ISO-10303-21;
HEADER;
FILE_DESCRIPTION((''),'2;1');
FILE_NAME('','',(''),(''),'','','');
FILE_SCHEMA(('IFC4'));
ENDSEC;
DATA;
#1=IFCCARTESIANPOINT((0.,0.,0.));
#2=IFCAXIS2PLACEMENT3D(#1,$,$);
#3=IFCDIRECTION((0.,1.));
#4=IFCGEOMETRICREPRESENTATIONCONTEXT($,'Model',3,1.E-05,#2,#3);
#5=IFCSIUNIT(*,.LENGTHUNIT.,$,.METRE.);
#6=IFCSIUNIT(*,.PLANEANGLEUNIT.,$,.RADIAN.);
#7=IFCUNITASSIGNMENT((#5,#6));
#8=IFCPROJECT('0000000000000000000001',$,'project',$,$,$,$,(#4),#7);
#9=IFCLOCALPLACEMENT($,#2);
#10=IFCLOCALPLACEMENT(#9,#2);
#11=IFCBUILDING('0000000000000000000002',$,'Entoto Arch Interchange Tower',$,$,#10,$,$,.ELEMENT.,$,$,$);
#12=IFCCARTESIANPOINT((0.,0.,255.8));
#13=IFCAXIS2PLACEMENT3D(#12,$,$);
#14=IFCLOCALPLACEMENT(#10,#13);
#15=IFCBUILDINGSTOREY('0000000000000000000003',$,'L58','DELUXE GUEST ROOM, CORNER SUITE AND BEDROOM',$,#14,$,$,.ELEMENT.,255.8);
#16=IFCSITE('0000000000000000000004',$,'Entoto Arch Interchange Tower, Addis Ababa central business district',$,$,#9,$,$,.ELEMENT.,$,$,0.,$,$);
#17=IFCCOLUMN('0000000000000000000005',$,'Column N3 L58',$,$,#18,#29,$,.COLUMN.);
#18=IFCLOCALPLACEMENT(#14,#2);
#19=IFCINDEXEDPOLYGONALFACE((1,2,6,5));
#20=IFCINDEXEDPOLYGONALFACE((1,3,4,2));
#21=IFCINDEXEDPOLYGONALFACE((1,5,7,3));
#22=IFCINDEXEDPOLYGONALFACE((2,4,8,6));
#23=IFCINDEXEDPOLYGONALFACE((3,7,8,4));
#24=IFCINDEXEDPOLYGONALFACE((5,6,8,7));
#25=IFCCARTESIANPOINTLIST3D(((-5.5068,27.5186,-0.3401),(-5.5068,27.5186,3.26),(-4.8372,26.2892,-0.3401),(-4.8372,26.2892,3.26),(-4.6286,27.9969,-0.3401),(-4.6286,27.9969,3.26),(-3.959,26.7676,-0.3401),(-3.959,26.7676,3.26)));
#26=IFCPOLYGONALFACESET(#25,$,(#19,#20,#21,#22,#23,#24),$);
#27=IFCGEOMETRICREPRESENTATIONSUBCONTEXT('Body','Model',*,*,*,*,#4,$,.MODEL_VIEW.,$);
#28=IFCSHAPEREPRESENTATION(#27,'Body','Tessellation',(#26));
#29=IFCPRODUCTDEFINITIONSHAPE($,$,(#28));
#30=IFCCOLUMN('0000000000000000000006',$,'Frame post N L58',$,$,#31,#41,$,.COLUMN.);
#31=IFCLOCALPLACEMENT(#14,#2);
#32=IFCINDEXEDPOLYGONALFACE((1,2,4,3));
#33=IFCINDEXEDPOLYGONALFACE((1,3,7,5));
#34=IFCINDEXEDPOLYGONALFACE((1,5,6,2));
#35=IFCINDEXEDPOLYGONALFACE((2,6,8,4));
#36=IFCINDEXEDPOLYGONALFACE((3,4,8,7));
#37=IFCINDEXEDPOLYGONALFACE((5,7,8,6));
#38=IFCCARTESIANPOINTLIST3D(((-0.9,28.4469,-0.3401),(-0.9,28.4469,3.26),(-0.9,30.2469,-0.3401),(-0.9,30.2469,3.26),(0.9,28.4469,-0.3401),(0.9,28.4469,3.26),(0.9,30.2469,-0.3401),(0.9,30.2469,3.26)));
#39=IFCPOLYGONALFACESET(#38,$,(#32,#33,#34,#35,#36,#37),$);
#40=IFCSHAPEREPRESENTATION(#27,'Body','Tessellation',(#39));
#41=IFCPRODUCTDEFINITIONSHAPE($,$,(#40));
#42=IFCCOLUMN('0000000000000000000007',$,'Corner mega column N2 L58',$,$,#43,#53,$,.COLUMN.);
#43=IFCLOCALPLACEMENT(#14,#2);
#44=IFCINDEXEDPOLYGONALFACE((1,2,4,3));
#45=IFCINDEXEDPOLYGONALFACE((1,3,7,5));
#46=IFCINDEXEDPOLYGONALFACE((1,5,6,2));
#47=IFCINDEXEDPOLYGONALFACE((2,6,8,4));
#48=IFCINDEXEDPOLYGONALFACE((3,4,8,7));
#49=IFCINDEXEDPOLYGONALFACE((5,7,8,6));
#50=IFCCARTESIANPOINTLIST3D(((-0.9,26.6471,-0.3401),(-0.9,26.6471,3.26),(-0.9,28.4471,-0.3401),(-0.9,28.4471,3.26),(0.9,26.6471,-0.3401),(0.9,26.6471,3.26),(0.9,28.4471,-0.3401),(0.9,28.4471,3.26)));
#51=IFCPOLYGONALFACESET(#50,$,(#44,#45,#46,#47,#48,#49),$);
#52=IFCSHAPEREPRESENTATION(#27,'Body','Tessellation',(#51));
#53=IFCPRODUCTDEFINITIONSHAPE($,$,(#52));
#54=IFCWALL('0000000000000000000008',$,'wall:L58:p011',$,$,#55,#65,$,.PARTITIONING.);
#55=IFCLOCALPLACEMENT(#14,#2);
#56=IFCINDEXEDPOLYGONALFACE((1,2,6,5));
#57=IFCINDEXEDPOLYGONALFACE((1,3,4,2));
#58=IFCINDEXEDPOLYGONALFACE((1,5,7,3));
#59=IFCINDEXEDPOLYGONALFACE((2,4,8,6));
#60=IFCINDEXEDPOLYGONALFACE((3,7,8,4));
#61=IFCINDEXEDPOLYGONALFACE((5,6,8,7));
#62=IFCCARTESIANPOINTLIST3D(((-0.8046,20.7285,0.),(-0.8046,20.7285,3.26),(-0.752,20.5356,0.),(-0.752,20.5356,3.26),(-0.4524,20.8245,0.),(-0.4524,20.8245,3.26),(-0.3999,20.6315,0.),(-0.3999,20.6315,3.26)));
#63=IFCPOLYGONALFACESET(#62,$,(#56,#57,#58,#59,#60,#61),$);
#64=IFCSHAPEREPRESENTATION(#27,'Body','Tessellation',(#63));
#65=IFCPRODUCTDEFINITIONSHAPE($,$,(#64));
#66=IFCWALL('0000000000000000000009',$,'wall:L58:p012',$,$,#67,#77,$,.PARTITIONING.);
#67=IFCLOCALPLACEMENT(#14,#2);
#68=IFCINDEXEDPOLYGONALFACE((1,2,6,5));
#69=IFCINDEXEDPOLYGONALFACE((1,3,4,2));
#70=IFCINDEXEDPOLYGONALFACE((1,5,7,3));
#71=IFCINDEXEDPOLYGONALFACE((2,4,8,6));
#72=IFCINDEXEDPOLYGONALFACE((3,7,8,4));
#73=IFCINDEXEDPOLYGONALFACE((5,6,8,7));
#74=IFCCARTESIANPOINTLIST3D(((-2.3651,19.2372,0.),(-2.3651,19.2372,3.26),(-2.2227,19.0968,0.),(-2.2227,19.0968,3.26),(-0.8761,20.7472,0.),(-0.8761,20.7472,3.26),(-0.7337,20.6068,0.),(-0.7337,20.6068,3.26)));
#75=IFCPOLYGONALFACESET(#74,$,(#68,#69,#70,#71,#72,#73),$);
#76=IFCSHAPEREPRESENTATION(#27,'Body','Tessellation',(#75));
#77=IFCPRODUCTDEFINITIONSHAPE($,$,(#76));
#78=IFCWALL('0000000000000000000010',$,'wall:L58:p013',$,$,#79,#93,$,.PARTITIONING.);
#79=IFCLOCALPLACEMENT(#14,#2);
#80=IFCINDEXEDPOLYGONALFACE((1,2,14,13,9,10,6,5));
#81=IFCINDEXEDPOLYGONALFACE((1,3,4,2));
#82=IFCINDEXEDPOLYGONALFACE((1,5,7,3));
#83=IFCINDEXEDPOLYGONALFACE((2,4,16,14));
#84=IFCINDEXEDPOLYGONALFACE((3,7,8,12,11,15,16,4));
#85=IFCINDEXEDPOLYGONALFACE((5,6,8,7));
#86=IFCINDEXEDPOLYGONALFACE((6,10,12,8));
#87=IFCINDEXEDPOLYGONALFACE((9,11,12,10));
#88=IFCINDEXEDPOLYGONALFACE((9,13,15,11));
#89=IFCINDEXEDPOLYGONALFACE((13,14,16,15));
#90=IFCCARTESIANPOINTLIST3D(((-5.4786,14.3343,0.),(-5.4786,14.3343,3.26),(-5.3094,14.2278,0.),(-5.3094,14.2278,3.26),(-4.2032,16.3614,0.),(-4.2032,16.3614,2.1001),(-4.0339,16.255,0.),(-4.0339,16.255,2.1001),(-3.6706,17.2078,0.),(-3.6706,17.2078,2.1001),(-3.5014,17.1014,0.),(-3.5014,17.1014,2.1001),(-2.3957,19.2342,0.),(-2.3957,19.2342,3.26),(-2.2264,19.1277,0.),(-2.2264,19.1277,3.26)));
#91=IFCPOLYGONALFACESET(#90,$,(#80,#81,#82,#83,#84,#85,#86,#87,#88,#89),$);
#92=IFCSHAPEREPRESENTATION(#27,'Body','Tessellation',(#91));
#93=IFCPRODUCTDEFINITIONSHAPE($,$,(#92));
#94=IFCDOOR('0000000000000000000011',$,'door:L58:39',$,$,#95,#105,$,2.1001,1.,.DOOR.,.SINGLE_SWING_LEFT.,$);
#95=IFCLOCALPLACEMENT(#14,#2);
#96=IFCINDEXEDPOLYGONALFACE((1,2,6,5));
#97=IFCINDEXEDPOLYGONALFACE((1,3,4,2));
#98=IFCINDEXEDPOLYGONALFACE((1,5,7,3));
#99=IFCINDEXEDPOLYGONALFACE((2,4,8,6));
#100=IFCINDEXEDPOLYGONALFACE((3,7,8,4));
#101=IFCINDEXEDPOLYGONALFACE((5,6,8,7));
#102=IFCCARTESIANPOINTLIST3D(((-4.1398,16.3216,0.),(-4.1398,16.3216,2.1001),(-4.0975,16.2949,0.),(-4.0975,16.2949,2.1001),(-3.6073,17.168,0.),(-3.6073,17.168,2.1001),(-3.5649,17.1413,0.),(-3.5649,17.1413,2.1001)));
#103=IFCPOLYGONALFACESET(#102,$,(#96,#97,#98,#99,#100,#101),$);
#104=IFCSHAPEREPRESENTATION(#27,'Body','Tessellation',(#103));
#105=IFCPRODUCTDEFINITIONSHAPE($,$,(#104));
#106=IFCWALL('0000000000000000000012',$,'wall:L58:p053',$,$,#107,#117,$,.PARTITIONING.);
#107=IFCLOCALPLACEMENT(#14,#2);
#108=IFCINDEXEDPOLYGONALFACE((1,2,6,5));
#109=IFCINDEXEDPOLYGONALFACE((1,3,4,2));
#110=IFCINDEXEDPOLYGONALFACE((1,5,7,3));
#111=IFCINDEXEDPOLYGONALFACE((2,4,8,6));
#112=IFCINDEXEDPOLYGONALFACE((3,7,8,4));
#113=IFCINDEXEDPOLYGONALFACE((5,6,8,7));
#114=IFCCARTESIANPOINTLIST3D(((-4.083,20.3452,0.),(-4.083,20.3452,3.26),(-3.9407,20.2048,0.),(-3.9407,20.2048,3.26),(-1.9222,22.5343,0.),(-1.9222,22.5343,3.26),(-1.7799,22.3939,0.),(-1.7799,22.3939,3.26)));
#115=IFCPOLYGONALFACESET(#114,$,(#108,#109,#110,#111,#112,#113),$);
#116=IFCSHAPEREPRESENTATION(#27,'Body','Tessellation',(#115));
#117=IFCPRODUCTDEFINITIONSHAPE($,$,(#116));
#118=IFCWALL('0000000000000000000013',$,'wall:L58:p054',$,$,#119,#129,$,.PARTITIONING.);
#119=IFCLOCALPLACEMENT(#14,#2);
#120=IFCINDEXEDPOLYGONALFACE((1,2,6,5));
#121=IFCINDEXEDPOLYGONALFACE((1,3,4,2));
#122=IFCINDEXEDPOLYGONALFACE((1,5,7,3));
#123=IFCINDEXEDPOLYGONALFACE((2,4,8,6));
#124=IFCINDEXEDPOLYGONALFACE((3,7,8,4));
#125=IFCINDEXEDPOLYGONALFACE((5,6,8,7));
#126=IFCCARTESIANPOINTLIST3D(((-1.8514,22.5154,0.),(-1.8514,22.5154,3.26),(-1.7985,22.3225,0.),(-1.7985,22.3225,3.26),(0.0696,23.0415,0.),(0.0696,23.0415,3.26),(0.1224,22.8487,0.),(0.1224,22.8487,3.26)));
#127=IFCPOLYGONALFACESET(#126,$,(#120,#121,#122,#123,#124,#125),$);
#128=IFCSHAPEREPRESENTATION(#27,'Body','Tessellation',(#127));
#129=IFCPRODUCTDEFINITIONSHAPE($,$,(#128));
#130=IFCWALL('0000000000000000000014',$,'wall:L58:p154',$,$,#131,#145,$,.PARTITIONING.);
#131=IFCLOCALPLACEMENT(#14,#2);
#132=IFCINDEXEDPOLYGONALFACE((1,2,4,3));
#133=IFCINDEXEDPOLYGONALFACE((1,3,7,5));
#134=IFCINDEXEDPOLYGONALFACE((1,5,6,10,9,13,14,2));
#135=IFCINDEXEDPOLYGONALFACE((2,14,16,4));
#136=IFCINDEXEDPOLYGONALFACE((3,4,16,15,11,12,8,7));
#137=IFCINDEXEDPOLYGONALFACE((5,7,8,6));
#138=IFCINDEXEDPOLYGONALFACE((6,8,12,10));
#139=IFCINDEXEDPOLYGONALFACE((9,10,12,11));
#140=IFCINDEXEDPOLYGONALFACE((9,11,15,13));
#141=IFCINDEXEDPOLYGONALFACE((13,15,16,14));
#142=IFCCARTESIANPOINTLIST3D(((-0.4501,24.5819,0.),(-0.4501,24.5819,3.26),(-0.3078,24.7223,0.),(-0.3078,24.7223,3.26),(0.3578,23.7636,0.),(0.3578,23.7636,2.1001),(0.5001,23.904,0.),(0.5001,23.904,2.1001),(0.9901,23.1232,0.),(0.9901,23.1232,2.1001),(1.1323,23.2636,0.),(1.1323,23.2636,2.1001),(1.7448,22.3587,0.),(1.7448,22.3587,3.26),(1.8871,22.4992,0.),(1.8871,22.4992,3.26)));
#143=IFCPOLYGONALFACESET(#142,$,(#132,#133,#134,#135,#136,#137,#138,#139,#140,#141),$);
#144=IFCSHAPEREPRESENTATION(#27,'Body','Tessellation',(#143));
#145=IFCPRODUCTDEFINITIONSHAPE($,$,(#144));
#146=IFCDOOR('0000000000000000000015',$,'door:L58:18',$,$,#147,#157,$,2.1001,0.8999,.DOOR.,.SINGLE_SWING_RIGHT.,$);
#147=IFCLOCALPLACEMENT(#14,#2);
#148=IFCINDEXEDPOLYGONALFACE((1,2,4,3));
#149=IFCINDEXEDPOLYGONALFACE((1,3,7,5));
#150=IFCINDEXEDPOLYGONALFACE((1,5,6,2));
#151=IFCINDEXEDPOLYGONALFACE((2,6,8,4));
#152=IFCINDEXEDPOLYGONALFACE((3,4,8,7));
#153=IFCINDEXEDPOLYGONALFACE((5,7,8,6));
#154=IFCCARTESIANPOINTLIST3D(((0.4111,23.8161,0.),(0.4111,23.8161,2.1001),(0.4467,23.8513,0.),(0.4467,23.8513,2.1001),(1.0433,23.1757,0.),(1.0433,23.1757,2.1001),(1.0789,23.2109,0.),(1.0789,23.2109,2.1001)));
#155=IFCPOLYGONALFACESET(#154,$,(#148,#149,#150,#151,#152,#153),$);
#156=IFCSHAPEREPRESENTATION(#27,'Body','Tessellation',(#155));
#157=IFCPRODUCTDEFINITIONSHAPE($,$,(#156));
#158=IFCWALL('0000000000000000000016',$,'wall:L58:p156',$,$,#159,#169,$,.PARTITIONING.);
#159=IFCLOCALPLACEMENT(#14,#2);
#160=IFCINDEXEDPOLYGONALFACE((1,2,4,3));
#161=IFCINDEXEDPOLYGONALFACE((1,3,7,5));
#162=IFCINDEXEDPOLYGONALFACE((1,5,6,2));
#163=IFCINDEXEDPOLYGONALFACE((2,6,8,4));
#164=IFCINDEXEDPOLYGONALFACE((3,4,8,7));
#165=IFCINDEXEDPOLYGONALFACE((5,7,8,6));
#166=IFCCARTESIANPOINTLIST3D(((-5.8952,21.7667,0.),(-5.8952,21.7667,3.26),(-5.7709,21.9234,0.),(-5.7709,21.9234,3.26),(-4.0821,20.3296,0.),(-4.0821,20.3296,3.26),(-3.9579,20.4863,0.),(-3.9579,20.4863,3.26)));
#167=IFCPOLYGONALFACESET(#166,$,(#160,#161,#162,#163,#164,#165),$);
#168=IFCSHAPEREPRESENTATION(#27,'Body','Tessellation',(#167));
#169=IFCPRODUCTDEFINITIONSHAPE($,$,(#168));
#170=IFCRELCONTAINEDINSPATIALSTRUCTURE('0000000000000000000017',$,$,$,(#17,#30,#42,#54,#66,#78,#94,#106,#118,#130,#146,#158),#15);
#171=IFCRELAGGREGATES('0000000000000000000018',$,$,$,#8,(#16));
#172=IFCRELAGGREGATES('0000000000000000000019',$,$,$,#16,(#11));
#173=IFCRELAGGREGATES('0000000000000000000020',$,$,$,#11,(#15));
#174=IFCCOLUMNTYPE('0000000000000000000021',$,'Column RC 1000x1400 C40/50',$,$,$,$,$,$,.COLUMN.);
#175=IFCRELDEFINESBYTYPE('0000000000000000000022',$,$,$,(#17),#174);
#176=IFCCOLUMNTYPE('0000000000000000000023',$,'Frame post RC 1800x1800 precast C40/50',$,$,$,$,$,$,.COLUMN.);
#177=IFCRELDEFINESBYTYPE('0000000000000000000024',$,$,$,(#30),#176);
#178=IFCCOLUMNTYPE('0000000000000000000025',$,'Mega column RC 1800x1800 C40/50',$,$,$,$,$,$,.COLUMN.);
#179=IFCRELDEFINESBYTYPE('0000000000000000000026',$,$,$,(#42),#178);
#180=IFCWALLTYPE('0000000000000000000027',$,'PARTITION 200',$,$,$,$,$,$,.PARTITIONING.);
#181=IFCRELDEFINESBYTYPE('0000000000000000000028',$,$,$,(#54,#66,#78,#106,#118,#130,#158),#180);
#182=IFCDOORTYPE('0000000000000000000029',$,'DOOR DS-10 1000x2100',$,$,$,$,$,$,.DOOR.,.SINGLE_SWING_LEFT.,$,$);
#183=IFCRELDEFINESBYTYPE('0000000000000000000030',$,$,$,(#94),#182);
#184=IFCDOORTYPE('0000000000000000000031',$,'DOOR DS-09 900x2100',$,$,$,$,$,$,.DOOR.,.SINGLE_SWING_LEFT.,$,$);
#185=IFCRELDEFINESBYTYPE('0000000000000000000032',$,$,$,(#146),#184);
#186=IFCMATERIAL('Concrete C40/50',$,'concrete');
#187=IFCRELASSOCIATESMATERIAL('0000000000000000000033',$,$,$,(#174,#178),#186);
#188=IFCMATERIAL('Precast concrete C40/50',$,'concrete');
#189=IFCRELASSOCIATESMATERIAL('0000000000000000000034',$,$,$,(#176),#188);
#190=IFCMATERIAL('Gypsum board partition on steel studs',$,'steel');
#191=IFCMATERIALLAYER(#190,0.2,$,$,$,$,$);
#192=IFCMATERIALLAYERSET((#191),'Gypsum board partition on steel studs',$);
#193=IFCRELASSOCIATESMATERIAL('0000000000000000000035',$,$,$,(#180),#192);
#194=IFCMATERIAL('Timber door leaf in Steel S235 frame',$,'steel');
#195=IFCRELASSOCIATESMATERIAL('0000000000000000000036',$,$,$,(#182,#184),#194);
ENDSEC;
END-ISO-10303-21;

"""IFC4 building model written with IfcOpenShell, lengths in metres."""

from ifc_helpers import new_model, si_unit, direction, frame, frame_2d, origin, origin_2d, place, context, subcontext, project, spatial, rectangle, extrude, material, layer, layer_set, material_profile, profile_set, type_object, element, fill, save


model = new_model("IFC4")

# Units and contexts
model_context = context("Model", 3, precision=1e-05, world=origin(), true_north=direction((0.0, 1.0)))
body_context = subcontext(model_context, "Body", "Model", "MODEL_VIEW")
ifc_project = project(units=[si_unit("LENGTHUNIT", "METRE"), si_unit("PLANEANGLEUNIT", "RADIAN")], contexts=[model_context])

# Site, building, storey
site_placement = place(None, origin())
site = spatial("IfcSite", under=ifc_project, at=site_placement, Name="Entoto Arch Interchange Tower, Addis Ababa central business district", CompositionType="ELEMENT", RefElevation=0.0)
building_placement = place(site_placement, origin())
building = spatial("IfcBuilding", under=site, at=building_placement, Name="Entoto Arch Interchange Tower", CompositionType="ELEMENT")
storey_placement = place(building_placement, frame((0.0, 0.0, 255.8)))
storey = spatial("IfcBuildingStorey", under=building, at=storey_placement, Name="L58", Description="DELUXE GUEST ROOM, CORNER SUITE AND BEDROOM", CompositionType="ELEMENT", Elevation=255.8)

# Columns
ifc_material_1 = material(Name="Concrete C40/50", Category="concrete")
ifc_material_profile_1 = material_profile(ifc_material_1, rectangle(XDim=1.0, YDim=1.3999, at=origin_2d()))
ifc_profile_set_1 = profile_set([ifc_material_profile_1], Name="Concrete C40/50")
column_type_1 = type_object("IfcColumnType", Name="Column RC 1000x1400 C40/50", PredefinedType="COLUMN", material=ifc_profile_set_1)
column_1_placement = place(storey_placement, frame((-4.7329, 27.1431, -0.3401), z_axis=(0.0, 0.0, 1.0), x_axis=(0.878175, 0.478339, 0.0)))
element("IfcColumn", 1, at=column_1_placement, inside=storey, type_object=column_type_1, Name="Column N3 L58", PredefinedType="COLUMN", context=body_context, shape_type="SweptSolid", body=[
    extrude(rectangle(XDim=1.0, YDim=1.3999, at=origin_2d()), origin(), (0.0, 0.0, 1.0), 3.6001),
])
ifc_material_2 = material(Name="Precast concrete C40/50", Category="concrete")
ifc_material_profile_2 = material_profile(ifc_material_2, rectangle(XDim=1.8, YDim=1.8, at=origin_2d()))
ifc_profile_set_2 = profile_set([ifc_material_profile_2], Name="Precast concrete C40/50")
column_type_2 = type_object("IfcColumnType", Name="Frame post RC 1800x1800 precast C40/50", PredefinedType="COLUMN", material=ifc_profile_set_2)
column_2_placement = place(storey_placement, frame((0.0, 29.3469, -0.3401), z_axis=(0.0, 0.0, 1.0), x_axis=(0.0, 1.0, 0.0)))
element("IfcColumn", 2, at=column_2_placement, inside=storey, type_object=column_type_2, Name="Frame post N L58", PredefinedType="COLUMN", context=body_context, shape_type="SweptSolid", body=[
    extrude(rectangle(XDim=1.8, YDim=1.8, at=origin_2d()), origin(), (0.0, 0.0, 1.0), 3.6001),
])
ifc_material_profile_3 = material_profile(ifc_material_1, rectangle(XDim=1.8, YDim=1.8, at=origin_2d()))
ifc_profile_set_3 = profile_set([ifc_material_profile_3], Name="Concrete C40/50")
column_type_3 = type_object("IfcColumnType", Name="Mega column RC 1800x1800 C40/50", PredefinedType="COLUMN", material=ifc_profile_set_3)
column_3_placement = place(storey_placement, frame((0.0, 27.5471, -0.3401), z_axis=(0.0, 0.0, 1.0), x_axis=(0.0, 1.0, 0.0)))
element("IfcColumn", 3, at=column_3_placement, inside=storey, type_object=column_type_3, Name="Corner mega column N2 L58", PredefinedType="COLUMN", context=body_context, shape_type="SweptSolid", body=[
    extrude(rectangle(XDim=1.8, YDim=1.8, at=origin_2d()), origin(), (0.0, 0.0, 1.0), 3.6001),
])

# Walls
ifc_material_3 = material(Name="Gypsum board partition on steel studs", Category="steel")
ifc_layer_1 = layer(ifc_material_3, 0.2)
ifc_layer_set_1 = layer_set([ifc_layer_1], Name="Gypsum board partition on steel studs")
wall_type_1 = type_object("IfcWallType", Name="PARTITION 200", PredefinedType="PARTITIONING", material=ifc_layer_set_1)
wall_1_placement = place(storey_placement, frame((-0.426, 20.728, 0.0), z_axis=(0.0, 0.0, 1.0), x_axis=(-0.96481, -0.262948, 0.0)))
element("IfcWall", 4, at=wall_1_placement, inside=storey, type_object=wall_type_1, Name="wall:L58:p011", PredefinedType="PARTITIONING", context=body_context, shape_type="SweptSolid", body=[
    extrude(rectangle(XDim=0.365, YDim=0.2, at=frame_2d((0.1826, 0.0))), origin(), (0.0, 0.0, 1.0), 3.26),
])
wall_2_placement = place(storey_placement, frame((-0.8049, 20.677, 0.0), z_axis=(0.0, 0.0, 1.0), x_axis=(-0.702139, -0.71204, 0.0)))
element("IfcWall", 5, at=wall_2_placement, inside=storey, type_object=wall_type_1, Name="wall:L58:p012", PredefinedType="PARTITIONING", context=body_context, shape_type="SweptSolid", body=[
    extrude(rectangle(XDim=2.1206, YDim=0.2, at=frame_2d((1.0603, 0.0))), origin(), (0.0, 0.0, 1.0), 3.26),
])

# Wall, opening, door
wall_3_placement = place(storey_placement, frame((-2.311, 19.1809, 0.0), z_axis=(0.0, 0.0, 1.0), x_axis=(-0.532552, -0.846398, 0.0)))
wall_3 = element("IfcWall", 6, at=wall_3_placement, inside=storey, type_object=wall_type_1, Name="wall:L58:p013", PredefinedType="PARTITIONING", context=body_context, shape_type="SweptSolid", body=[
    extrude(rectangle(XDim=5.7891, YDim=0.2, at=frame_2d((2.8945, 0.0))), origin(), (0.0, 0.0, 1.0), 3.26),
])
opening_1_placement = place(wall_3_placement, frame((2.394, 0.0, 0.0)))
opening_1 = element("IfcOpeningElement", 7, at=opening_1_placement, cuts=wall_3, PredefinedType="OPENING", context=body_context, shape_type="SweptSolid", body=[
    extrude(rectangle(XDim=1.0, YDim=2.1001, at=frame_2d((0.5, 1.05))), frame((0.0, 0.1099, 0.0), z_axis=(0.0, -1.0, 0.0), x_axis=(1.0, 0.0, 0.0)), (0.0, 0.0, 1.0), 0.22),
])
ifc_material_4 = material(Name="Timber door leaf in Steel S235 frame", Category="steel")
door_type_1 = type_object("IfcDoorType", Name="DOOR DS-10 1000x2100", OperationType="SINGLE_SWING_LEFT", PredefinedType="DOOR", material=ifc_material_4)
door_1_placement = place(opening_1_placement, origin())
door_1 = element("IfcDoor", 8, at=door_1_placement, inside=storey, type_object=door_type_1, Name="door:L58:39", OperationType="SINGLE_SWING_LEFT", OverallHeight=2.1001, OverallWidth=1.0, PredefinedType="DOOR", context=body_context, shape_type="SweptSolid", body=[
    extrude(rectangle(XDim=1.0, YDim=2.1001, at=frame_2d((0.5, 1.05))), frame((0.0, 0.0249, 0.0), z_axis=(0.0, -1.0, 0.0), x_axis=(1.0, 0.0, 0.0)), (0.0, 0.0, 1.0), 0.05),
])
fill(opening_1, door_1)

# Walls
wall_4_placement = place(storey_placement, frame((-4.012, 20.2749, 0.0), z_axis=(0.0, 0.0, 1.0), x_axis=(0.702488, 0.711695, 0.0)))
element("IfcWall", 9, at=wall_4_placement, inside=storey, type_object=wall_type_1, Name="wall:L58:p053", PredefinedType="PARTITIONING", context=body_context, shape_type="SweptSolid", body=[
    extrude(rectangle(XDim=3.0759, YDim=0.2, at=frame_2d((1.5381, 0.0))), origin(), (0.0, 0.0, 1.0), 3.26),
])
wall_5_placement = place(storey_placement, frame((-1.825, 22.4189, 0.0), z_axis=(0.0, 0.0, 1.0), x_axis=(0.964478, 0.264165, 0.0)))
element("IfcWall", 10, at=wall_5_placement, inside=storey, type_object=wall_type_1, Name="wall:L58:p054", PredefinedType="PARTITIONING", context=body_context, shape_type="SweptSolid", body=[
    extrude(rectangle(XDim=1.9917, YDim=0.2, at=frame_2d((0.9958, 0.0))), origin(), (0.0, 0.0, 1.0), 3.26),
])

# Wall, opening, door
wall_6_placement = place(storey_placement, frame((-0.3789, 24.6521, 0.0), z_axis=(0.0, 0.0, 1.0), x_axis=(0.70256, -0.711625, 0.0)))
wall_6 = element("IfcWall", 11, at=wall_6_placement, inside=storey, type_object=wall_type_1, Name="wall:L58:p154", PredefinedType="PARTITIONING", context=body_context, shape_type="SweptSolid", body=[
    extrude(rectangle(XDim=3.124, YDim=0.2, at=frame_2d((1.562, 0.0))), origin(), (0.0, 0.0, 1.0), 3.26),
])
opening_2_placement = place(wall_6_placement, frame((1.1499, 0.0, 0.0)))
opening_2 = element("IfcOpeningElement", 12, at=opening_2_placement, cuts=wall_6, PredefinedType="OPENING", context=body_context, shape_type="SweptSolid", body=[
    extrude(rectangle(XDim=0.8999, YDim=2.1001, at=frame_2d((0.45, 1.05))), frame((0.0, 0.1099, 0.0), z_axis=(0.0, -1.0, 0.0), x_axis=(1.0, 0.0, 0.0)), (0.0, 0.0, 1.0), 0.22),
])
door_type_2 = type_object("IfcDoorType", Name="DOOR DS-09 900x2100", OperationType="SINGLE_SWING_LEFT", PredefinedType="DOOR", material=ifc_material_4)
door_2_placement = place(opening_2_placement, origin())
door_2 = element("IfcDoor", 13, at=door_2_placement, inside=storey, type_object=door_type_2, Name="door:L58:18", OperationType="SINGLE_SWING_RIGHT", OverallHeight=2.1001, OverallWidth=0.8999, PredefinedType="DOOR", context=body_context, shape_type="SweptSolid", body=[
    extrude(rectangle(XDim=0.8999, YDim=2.1001, at=frame_2d((0.45, 1.05))), frame((0.0, 0.0249, 0.0), z_axis=(0.0, -1.0, 0.0), x_axis=(1.0, 0.0, 0.0)), (0.0, 0.0, 1.0), 0.05),
])
fill(opening_2, door_2)

# Wall
wall_7_placement = place(storey_placement, frame((-4.02, 20.408, 0.0), z_axis=(0.0, 0.0, 1.0), x_axis=(-0.783682, 0.621162, 0.0)))
element("IfcWall", 14, at=wall_7_placement, inside=storey, type_object=wall_type_1, Name="wall:L58:p156", PredefinedType="PARTITIONING", context=body_context, shape_type="SweptSolid", body=[
    extrude(rectangle(XDim=2.3135, YDim=0.2, at=frame_2d((1.1567, 0.0))), origin(), (0.0, 0.0, 1.0), 3.26),
])

save(model, "model.ifc")
